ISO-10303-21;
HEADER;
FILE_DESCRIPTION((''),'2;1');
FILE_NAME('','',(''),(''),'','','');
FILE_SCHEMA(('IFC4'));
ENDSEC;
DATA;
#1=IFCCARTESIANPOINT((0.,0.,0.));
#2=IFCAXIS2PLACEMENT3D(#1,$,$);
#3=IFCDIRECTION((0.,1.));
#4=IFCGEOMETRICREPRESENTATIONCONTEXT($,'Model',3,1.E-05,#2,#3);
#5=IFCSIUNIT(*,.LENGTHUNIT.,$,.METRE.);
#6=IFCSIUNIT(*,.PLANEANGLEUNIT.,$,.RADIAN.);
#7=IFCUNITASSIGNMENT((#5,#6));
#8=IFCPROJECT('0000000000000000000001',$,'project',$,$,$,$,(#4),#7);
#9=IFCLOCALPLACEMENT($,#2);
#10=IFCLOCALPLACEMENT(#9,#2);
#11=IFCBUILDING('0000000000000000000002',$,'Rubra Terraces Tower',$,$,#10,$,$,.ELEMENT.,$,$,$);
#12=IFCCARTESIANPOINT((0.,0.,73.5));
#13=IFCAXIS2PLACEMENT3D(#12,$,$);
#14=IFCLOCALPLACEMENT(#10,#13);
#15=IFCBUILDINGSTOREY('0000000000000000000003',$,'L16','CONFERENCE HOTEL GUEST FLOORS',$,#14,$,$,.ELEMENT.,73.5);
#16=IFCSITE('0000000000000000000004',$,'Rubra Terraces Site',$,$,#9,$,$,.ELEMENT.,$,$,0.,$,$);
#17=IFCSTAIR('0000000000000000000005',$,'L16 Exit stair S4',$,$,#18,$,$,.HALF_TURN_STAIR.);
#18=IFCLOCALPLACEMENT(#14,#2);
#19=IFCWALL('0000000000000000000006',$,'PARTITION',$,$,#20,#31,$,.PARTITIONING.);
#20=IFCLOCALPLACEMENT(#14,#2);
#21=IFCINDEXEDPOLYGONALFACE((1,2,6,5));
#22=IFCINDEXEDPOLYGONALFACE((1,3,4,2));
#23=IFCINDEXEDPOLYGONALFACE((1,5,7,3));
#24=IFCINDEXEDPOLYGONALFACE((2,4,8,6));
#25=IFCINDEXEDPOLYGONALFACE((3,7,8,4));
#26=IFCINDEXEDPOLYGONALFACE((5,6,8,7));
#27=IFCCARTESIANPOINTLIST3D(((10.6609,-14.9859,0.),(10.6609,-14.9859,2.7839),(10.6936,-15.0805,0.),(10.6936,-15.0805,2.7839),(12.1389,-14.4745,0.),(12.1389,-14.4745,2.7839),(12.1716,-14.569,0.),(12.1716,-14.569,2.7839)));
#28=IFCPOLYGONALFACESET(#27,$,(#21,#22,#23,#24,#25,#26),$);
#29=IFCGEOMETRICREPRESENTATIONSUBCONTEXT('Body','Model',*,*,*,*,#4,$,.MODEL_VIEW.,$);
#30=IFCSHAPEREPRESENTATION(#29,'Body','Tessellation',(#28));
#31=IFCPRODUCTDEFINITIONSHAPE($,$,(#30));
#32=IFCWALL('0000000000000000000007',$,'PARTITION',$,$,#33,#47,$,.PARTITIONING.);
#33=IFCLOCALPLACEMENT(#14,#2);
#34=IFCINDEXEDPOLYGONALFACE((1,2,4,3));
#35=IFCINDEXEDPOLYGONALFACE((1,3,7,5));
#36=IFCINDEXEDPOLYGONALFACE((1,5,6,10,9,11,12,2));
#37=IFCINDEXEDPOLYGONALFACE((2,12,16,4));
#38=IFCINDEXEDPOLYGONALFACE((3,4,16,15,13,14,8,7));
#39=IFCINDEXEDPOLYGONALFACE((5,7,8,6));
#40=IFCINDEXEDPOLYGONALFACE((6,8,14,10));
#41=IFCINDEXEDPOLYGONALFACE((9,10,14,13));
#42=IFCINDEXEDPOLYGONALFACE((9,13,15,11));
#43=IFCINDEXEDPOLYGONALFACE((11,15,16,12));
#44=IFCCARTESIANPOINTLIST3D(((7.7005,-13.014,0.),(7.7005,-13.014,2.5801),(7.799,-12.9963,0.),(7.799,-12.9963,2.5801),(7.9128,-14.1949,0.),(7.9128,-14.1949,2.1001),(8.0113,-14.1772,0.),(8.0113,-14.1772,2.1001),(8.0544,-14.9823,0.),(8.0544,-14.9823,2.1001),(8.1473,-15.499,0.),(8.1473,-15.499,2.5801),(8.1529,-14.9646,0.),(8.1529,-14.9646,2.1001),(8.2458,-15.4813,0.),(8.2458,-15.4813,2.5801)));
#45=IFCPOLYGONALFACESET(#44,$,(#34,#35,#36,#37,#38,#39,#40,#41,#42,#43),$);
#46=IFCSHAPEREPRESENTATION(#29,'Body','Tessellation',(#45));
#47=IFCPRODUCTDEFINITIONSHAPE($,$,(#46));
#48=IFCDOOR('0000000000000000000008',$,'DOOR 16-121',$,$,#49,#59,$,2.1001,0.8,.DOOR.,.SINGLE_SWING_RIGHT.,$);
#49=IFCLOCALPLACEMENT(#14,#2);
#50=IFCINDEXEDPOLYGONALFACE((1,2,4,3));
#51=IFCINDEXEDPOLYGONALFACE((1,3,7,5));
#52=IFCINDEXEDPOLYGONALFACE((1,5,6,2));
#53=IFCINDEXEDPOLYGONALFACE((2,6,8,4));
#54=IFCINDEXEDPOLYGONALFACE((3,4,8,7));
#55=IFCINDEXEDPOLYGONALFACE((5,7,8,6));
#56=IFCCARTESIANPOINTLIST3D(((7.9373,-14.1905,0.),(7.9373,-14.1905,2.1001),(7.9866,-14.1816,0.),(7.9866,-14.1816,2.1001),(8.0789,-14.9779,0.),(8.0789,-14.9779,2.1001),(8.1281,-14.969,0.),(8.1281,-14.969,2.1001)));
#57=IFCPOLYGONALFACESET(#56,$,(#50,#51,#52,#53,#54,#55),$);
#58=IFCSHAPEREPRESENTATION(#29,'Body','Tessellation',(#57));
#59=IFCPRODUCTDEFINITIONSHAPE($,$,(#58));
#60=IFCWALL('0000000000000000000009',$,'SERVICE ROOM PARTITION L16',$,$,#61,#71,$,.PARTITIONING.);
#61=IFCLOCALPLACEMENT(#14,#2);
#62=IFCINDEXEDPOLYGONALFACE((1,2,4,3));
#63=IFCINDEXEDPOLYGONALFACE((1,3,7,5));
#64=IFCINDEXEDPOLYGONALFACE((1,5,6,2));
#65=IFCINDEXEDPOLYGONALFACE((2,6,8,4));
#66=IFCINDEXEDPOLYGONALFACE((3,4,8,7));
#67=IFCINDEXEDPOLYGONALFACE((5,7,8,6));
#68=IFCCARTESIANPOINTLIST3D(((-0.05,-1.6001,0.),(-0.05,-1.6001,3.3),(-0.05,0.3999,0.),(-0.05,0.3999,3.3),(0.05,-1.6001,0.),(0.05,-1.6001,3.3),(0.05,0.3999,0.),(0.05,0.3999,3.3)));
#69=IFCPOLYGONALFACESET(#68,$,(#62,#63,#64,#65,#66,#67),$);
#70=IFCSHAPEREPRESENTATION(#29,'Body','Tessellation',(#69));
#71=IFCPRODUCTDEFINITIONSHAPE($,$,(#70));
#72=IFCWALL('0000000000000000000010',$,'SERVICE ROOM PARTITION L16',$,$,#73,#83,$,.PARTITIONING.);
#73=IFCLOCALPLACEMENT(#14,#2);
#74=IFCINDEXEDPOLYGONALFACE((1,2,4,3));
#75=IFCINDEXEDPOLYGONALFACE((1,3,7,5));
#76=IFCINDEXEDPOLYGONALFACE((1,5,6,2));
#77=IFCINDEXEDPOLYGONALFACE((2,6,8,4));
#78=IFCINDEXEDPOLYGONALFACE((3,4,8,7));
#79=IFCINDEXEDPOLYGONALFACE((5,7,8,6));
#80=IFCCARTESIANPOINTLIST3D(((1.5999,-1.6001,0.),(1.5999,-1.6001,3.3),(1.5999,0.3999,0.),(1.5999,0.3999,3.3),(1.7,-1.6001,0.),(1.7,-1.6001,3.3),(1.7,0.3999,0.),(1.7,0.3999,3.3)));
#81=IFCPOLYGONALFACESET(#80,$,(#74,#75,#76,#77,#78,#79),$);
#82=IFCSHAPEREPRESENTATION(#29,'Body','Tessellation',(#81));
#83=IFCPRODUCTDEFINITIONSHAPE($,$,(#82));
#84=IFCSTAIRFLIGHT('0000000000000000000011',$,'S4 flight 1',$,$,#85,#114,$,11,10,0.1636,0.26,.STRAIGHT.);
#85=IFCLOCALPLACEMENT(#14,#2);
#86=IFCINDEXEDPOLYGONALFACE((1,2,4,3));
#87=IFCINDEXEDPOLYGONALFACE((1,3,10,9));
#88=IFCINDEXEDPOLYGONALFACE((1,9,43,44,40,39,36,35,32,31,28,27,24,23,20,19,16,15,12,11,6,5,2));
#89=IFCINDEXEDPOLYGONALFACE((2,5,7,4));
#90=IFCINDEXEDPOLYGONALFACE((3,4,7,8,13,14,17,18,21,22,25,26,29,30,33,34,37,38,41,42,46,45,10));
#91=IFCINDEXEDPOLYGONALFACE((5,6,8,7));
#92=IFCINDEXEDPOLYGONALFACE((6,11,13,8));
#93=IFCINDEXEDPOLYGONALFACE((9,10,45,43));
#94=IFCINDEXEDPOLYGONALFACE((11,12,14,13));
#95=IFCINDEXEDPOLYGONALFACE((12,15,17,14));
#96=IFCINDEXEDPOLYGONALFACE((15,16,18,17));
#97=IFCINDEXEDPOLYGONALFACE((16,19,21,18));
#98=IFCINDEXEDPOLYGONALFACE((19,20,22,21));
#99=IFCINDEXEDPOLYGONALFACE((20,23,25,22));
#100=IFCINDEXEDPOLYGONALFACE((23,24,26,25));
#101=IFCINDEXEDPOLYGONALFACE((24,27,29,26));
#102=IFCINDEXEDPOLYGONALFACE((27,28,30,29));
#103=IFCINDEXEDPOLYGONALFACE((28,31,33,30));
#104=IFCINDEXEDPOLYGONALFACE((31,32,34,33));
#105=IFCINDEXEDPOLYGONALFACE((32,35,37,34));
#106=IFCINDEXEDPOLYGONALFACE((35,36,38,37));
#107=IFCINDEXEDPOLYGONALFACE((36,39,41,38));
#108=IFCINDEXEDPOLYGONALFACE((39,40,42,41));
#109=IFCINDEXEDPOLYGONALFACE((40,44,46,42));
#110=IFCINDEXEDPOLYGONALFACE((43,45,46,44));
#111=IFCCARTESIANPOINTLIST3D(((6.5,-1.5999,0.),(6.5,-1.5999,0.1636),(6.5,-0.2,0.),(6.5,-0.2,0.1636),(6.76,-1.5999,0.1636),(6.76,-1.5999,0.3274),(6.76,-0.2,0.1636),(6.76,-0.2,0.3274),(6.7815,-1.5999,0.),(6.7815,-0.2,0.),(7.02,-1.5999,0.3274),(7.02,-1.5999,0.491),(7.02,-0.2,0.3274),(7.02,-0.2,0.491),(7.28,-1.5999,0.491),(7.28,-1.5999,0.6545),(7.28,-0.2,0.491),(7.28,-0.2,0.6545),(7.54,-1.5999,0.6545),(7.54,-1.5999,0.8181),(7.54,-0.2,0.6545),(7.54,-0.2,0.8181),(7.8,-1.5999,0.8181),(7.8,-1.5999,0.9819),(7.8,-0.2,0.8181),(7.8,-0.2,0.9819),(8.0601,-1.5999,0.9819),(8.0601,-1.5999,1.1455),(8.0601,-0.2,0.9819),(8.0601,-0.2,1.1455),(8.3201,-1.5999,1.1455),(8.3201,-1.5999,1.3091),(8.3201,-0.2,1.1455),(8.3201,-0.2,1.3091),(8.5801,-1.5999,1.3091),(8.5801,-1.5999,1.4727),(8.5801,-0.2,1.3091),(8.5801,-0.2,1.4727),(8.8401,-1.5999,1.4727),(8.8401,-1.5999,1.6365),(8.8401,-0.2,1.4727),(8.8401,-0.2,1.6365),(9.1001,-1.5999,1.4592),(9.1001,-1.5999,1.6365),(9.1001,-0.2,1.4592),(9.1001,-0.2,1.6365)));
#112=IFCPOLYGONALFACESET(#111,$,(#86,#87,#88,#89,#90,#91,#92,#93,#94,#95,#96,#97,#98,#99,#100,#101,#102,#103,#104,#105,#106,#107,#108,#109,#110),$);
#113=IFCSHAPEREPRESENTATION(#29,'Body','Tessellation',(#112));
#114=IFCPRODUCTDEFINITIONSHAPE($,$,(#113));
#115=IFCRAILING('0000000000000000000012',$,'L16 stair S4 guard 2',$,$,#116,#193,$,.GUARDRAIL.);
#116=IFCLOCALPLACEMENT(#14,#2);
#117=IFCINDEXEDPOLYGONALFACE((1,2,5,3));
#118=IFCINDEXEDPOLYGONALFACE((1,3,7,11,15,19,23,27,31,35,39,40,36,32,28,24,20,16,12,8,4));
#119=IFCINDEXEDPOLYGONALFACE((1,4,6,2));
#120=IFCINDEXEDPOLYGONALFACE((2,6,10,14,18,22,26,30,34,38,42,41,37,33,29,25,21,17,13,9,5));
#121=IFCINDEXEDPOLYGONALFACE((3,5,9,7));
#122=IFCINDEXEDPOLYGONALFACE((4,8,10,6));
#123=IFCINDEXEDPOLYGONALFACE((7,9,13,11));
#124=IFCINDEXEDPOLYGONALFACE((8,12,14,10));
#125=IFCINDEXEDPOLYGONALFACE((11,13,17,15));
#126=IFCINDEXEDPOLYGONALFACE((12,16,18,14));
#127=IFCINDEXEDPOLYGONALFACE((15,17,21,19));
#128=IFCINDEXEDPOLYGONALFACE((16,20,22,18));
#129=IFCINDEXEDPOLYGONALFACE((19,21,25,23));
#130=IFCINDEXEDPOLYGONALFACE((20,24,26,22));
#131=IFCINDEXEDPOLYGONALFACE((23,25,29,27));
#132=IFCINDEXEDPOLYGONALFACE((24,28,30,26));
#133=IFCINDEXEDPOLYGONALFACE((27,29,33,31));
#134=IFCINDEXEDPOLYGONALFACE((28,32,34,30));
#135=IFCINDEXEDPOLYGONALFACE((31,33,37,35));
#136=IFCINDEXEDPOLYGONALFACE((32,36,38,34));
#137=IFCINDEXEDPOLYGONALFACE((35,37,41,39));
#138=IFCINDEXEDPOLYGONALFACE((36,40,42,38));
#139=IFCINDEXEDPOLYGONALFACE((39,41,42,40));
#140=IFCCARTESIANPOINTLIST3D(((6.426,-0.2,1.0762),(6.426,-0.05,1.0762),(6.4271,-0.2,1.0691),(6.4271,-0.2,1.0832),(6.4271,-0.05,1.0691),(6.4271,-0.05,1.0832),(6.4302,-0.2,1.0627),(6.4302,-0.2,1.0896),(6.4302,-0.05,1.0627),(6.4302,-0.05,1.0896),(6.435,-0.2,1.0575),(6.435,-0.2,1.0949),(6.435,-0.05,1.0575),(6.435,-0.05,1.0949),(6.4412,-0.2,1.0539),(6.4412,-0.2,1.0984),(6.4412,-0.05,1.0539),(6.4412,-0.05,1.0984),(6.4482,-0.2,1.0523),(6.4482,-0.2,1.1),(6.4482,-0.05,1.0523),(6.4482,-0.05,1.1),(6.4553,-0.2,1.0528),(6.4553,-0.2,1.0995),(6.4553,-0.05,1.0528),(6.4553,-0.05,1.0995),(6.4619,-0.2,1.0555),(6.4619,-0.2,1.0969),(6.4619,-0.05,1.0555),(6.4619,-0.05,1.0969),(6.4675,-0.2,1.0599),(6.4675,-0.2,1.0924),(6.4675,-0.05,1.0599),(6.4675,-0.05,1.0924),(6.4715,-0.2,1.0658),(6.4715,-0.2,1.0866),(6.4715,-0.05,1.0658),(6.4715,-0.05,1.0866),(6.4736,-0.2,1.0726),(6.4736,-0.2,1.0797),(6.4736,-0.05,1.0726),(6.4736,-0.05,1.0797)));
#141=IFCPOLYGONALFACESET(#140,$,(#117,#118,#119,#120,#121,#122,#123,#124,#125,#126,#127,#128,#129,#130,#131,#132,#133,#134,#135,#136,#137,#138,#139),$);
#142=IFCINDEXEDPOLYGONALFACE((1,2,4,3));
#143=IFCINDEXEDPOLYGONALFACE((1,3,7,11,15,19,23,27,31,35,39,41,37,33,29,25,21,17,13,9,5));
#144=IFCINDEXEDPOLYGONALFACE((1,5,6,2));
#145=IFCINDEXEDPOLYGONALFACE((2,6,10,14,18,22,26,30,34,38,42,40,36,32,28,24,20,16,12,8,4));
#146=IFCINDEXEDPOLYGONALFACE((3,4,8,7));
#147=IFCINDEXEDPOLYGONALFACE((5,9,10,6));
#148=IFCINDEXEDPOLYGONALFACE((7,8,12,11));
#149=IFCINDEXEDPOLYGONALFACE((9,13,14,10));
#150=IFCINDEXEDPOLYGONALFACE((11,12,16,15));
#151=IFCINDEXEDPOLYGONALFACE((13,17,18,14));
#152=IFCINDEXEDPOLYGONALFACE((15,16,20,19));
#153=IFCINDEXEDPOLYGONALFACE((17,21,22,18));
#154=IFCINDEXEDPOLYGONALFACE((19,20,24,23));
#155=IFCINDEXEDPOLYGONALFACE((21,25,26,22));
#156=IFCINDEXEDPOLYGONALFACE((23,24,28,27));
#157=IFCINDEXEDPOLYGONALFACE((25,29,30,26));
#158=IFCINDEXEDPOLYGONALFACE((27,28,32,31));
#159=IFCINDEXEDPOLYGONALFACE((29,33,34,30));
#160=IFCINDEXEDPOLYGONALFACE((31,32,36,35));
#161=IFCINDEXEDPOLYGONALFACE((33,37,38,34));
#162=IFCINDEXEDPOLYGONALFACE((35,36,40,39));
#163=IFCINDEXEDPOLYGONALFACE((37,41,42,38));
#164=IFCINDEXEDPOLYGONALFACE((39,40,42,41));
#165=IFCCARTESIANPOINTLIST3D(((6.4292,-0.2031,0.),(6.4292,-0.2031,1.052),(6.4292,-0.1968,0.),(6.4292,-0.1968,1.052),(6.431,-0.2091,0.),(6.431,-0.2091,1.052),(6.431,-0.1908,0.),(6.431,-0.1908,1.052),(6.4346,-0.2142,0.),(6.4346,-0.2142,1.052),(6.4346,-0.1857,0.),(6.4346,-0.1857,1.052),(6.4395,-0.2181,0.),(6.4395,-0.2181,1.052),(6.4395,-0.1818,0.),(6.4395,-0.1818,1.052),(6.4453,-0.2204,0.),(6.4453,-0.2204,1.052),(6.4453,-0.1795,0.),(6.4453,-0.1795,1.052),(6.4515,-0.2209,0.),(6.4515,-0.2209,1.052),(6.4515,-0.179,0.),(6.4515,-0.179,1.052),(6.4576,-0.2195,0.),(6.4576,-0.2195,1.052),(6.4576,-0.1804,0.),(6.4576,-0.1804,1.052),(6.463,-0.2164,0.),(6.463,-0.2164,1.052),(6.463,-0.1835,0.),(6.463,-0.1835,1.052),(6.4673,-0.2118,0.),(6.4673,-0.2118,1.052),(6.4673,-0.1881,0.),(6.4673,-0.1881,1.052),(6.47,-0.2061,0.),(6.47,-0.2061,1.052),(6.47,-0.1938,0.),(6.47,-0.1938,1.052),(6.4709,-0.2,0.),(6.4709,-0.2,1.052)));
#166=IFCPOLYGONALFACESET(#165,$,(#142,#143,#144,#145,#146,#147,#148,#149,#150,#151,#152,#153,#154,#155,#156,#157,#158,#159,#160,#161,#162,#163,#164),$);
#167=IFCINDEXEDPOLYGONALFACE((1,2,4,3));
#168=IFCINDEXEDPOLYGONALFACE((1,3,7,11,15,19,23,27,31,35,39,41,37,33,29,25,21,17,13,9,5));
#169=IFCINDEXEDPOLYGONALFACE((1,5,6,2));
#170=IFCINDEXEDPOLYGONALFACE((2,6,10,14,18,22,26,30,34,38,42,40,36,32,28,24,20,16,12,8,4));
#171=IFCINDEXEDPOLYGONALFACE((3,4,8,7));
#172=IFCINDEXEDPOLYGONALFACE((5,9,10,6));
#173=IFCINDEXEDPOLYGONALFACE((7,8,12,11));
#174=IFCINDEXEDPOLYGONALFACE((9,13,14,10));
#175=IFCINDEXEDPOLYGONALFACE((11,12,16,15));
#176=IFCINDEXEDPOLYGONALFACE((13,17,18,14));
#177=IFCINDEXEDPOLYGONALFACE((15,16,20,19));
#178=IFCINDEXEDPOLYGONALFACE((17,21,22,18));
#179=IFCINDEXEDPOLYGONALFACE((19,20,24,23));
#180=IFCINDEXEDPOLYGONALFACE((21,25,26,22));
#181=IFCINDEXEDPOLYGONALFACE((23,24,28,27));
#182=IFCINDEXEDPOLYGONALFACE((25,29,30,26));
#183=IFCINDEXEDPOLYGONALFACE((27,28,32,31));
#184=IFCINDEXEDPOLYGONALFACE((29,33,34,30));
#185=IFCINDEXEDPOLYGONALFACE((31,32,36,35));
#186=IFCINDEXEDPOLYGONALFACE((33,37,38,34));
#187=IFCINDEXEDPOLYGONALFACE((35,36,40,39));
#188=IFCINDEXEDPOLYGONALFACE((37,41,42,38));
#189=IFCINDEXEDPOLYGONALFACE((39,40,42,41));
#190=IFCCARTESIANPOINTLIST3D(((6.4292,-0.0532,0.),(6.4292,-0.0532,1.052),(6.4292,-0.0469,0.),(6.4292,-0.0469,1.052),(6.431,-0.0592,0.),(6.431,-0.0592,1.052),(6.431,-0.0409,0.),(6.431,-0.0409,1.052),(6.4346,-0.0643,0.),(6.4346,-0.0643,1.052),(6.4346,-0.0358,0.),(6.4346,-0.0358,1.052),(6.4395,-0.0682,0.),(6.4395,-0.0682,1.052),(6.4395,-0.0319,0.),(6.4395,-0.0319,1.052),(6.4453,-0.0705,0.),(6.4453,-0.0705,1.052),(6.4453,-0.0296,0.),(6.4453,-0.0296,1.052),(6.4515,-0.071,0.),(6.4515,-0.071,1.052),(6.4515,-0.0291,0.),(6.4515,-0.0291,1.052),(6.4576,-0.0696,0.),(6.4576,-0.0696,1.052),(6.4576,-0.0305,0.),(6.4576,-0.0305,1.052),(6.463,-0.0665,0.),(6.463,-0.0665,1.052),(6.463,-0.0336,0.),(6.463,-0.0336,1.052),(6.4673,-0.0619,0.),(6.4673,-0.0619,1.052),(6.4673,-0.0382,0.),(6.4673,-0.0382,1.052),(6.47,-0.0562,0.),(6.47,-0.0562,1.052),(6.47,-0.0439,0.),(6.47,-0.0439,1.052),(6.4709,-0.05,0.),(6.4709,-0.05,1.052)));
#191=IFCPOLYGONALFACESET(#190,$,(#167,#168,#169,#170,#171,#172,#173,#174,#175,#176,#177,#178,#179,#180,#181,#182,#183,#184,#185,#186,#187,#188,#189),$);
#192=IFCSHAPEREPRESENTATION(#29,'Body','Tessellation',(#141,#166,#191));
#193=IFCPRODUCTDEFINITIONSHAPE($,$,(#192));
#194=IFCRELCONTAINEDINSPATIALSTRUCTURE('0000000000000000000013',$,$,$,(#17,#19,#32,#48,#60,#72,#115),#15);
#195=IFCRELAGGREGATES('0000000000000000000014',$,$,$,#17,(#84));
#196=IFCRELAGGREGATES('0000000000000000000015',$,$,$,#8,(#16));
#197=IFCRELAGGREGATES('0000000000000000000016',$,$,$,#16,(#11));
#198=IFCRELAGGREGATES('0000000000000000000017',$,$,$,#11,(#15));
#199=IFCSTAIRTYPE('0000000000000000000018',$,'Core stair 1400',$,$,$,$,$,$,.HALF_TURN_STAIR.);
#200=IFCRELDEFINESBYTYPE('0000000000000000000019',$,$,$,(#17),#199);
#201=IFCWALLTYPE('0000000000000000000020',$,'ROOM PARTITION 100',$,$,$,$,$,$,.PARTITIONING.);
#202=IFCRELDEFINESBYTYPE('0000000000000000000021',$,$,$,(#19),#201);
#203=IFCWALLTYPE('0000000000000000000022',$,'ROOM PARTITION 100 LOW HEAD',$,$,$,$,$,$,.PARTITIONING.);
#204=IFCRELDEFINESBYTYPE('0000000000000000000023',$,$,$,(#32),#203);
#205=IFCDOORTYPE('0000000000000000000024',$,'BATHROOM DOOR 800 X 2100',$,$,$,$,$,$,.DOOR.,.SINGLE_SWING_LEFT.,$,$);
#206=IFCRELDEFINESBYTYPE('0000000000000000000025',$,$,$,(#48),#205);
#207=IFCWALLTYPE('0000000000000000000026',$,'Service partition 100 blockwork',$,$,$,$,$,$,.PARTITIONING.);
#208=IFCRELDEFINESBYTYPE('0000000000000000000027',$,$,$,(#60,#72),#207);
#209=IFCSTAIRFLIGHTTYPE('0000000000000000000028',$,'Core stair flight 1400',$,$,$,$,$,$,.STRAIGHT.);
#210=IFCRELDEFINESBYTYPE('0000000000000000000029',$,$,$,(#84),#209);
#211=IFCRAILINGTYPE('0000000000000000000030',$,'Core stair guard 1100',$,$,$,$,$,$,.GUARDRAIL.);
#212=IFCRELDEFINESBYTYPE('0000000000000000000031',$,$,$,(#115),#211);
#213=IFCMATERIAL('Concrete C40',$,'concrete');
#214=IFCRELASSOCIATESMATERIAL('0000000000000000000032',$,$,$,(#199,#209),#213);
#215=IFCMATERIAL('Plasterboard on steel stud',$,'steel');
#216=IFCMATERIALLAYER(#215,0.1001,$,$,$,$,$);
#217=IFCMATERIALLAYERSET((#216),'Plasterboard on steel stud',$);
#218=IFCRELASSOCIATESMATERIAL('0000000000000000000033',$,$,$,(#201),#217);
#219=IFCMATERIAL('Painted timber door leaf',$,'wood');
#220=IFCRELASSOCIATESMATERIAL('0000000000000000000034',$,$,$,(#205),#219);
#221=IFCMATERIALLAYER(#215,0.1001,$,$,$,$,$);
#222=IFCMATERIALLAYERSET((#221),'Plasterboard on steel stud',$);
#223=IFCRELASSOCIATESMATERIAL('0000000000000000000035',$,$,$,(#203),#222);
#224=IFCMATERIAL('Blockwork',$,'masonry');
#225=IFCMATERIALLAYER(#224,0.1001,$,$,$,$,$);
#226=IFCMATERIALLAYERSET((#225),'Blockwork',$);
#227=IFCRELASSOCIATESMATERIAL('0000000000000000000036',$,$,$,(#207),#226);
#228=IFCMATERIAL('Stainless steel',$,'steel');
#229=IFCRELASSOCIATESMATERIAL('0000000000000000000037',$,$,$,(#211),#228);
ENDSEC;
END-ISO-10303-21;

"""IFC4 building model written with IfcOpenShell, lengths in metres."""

from ifc_helpers import new_model, si_unit, direction, frame, frame_2d, origin, origin_2d, place, context, subcontext, project, spatial, polyline, rectangle, circle, outline, extrude, material, layer, layer_set, type_object, element, fill, aggregate, save


model = new_model("IFC4")

# Units and contexts
model_context = context("Model", 3, precision=1e-05, world=origin(), true_north=direction((0.0, 1.0)))
body_context = subcontext(model_context, "Body", "Model", "MODEL_VIEW")
ifc_project = project(units=[si_unit("LENGTHUNIT", "METRE"), si_unit("PLANEANGLEUNIT", "RADIAN")], contexts=[model_context])

# Site, building, storey
site_placement = place(None, origin())
site = spatial("IfcSite", under=ifc_project, at=site_placement, Name="Rubra Terraces Site", CompositionType="ELEMENT", RefElevation=0.0)
building_placement = place(site_placement, origin())
building = spatial("IfcBuilding", under=site, at=building_placement, Name="Rubra Terraces Tower", CompositionType="ELEMENT")
storey_placement = place(building_placement, frame((0.0, 0.0, 73.5)))
storey = spatial("IfcBuildingStorey", under=building, at=storey_placement, Name="L16", Description="CONFERENCE HOTEL GUEST FLOORS", CompositionType="ELEMENT", Elevation=73.5)

# Shared definitions
ifc_material_1 = material(Name="Concrete C40", Category="concrete")

# Stair
stair_type = type_object("IfcStairType", Name="Core stair 1400", PredefinedType="HALF_TURN_STAIR", material=ifc_material_1)
stair_1_placement = place(storey_placement, origin())
stair_1 = element("IfcStair", 1, at=stair_1_placement, inside=storey, type_object=stair_type, Name="L16 Exit stair S4", PredefinedType="HALF_TURN_STAIR")

# Shared definitions
ifc_material_2 = material(Name="Plasterboard on steel stud", Category="steel")
ifc_layer_1 = layer(ifc_material_2, 0.1001)
ifc_layer_set_1 = layer_set([ifc_layer_1], Name="Plasterboard on steel stud")
wall_type_1 = type_object("IfcWallType", Name="ROOM PARTITION 100", PredefinedType="PARTITIONING", material=ifc_layer_set_1)
ifc_material_3 = material(Name="Painted timber door leaf", Category="wood")
door_type_1 = type_object("IfcDoorType", Name="BATHROOM DOOR 800 X 2100", OperationType="SINGLE_SWING_LEFT", PredefinedType="DOOR", material=ifc_material_3)

# Wall
wall_1_placement = place(storey_placement, frame((10.6772, -15.0332, 0.0), z_axis=(0.0, 0.0, 1.0), x_axis=(0.945016, 0.327025, 0.0)))
element("IfcWall", 2, at=wall_1_placement, inside=storey, type_object=wall_type_1, Name="PARTITION", PredefinedType="PARTITIONING", context=body_context, shape_type="SweptSolid", body=[
    extrude(rectangle(XDim=1.564, YDim=0.1001, at=frame_2d((0.782, 0.0))), origin(), (0.0, 0.0, 1.0), 2.7839),
])

# Wall, opening, door
ifc_layer_2 = layer(ifc_material_2, 0.1001)
ifc_layer_set_2 = layer_set([ifc_layer_2], Name="Plasterboard on steel stud")
wall_type_2 = type_object("IfcWallType", Name="ROOM PARTITION 100 LOW HEAD", PredefinedType="PARTITIONING", material=ifc_layer_set_2)
wall_2_placement = place(storey_placement, frame((7.7498, -13.0051, 0.0), z_axis=(0.0, 0.0, 1.0), x_axis=(0.176945, -0.984221, 0.0)))
wall_2 = element("IfcWall", 3, at=wall_2_placement, inside=storey, type_object=wall_type_2, Name="PARTITION", PredefinedType="PARTITIONING", context=body_context, shape_type="SweptSolid", body=[
    extrude(rectangle(XDim=2.5249, YDim=0.1001, at=frame_2d((1.2625, 0.0))), origin(), (0.0, 0.0, 1.0), 2.5801),
])
opening_1_placement = place(wall_2_placement, frame((1.2, 0.0, 0.0)))
opening_1 = element("IfcOpeningElement", 4, at=opening_1_placement, cuts=wall_2, PredefinedType="OPENING", context=body_context, shape_type="SweptSolid", body=[
    extrude(rectangle(XDim=0.8, YDim=2.1001, at=frame_2d((0.3999, 1.05))), frame((0.0, 0.0601, 0.0), z_axis=(0.0, -1.0, 0.0), x_axis=(1.0, 0.0, 0.0)), (0.0, 0.0, 1.0), 0.1201),
])
door_1_placement = place(opening_1_placement, origin())
door_1 = element("IfcDoor", 5, at=door_1_placement, inside=storey, type_object=door_type_1, Name="DOOR 16-121", OperationType="SINGLE_SWING_RIGHT", OverallHeight=2.1001, OverallWidth=0.8, PredefinedType="DOOR", context=body_context, shape_type="SweptSolid", body=[
    extrude(rectangle(XDim=0.8, YDim=2.1001, at=frame_2d((0.3999, 1.05))), frame((0.0, 0.0249, 0.0), z_axis=(0.0, -1.0, 0.0), x_axis=(1.0, 0.0, 0.0)), (0.0, 0.0, 1.0), 0.05),
])
fill(opening_1, door_1)

# Walls
ifc_material_4 = material(Name="Blockwork", Category="masonry")
ifc_layer_3 = layer(ifc_material_4, 0.1001)
ifc_layer_set_3 = layer_set([ifc_layer_3], Name="Blockwork")
wall_type_3 = type_object("IfcWallType", Name="Service partition 100 blockwork", PredefinedType="PARTITIONING", material=ifc_layer_set_3)
for number, where, z_axis, x_axis, name in (
    (6, (0.0, -1.6001, 0.0), (0.0, 0.0, 1.0), (0.0, 1.0, 0.0), "SERVICE ROOM PARTITION L16"),
    (7, (1.6499, -1.6001, 0.0), (0.0, 0.0, 1.0), (0.0, 1.0, 0.0), "SERVICE ROOM PARTITION L16"),
):
    element("IfcWall", number, at=place(storey_placement, frame(where, z_axis=z_axis, x_axis=x_axis)), inside=storey, type_object=wall_type_3, Name=name, PredefinedType="PARTITIONING", context=body_context, shape_type="SweptSolid", body=[
        extrude(rectangle(XDim=2.0, YDim=0.1001, at=frame_2d((1.0, 0.0))), origin(), (0.0, 0.0, 1.0), 3.3),
    ])

# Stair flight
stair_flight_type = type_object("IfcStairFlightType", Name="Core stair flight 1400", PredefinedType="STRAIGHT", material=ifc_material_1)
stair_flight_placement = place(storey_placement, frame((6.5, -0.8999, 0.0), z_axis=(0.0, 0.0, 1.0), x_axis=(1.0, 0.0, 0.0)))
stair_flight = element("IfcStairFlight", 8, at=stair_flight_placement, type_object=stair_flight_type, Name="S4 flight 1", NumberOfRisers=11, NumberOfTreads=10, PredefinedType="STRAIGHT", RiserHeight=0.1636, TreadLength=0.26, context=body_context, shape_type="SweptSolid", body=[
    extrude(outline(polyline([(0.0, 0.0), (0.0, 0.1636), (0.26, 0.1636), (0.26, 0.3274), (0.52, 0.3274), (0.52, 0.491), (0.78, 0.491), (0.78, 0.6545), (1.04, 0.6545), (1.04, 0.8181), (1.3, 0.8181), (1.3, 0.9819), (1.5601, 0.9819), (1.5601, 1.1455), (1.8201, 1.1455), (1.8201, 1.3091), (2.0801, 1.3091), (2.0801, 1.4727), (2.3401, 1.4727), (2.3401, 1.6365), (2.6001, 1.6365), (2.6001, 1.8), (2.6001, 1.4592), (0.2815, 0.0), (0.0, 0.0)])), frame((0.0, 0.7, 0.0), z_axis=(0.0, -1.0, 0.0), x_axis=(1.0, 0.0, 0.0)), (0.0, 0.0, 1.0), 1.3999),
])
aggregate(stair_1, [stair_flight])

# Railing
ifc_material_5 = material(Name="Stainless steel", Category="steel")
railing_type_1 = type_object("IfcRailingType", Name="Core stair guard 1100", PredefinedType="GUARDRAIL", material=ifc_material_5)
railing_1_placement = place(storey_placement, frame((6.45, -0.2, 0.0)))
element("IfcRailing", 9, at=railing_1_placement, inside=storey, type_object=railing_type_1, Name="L16 stair S4 guard 2", PredefinedType="GUARDRAIL", context=body_context, shape_type="SweptSolid", body=[
    extrude(circle(Radius=0.0239, at=origin_2d()), frame((0.0, 0.0, 1.0762), z_axis=(0.0, 1.0, 0.0), x_axis=(-1.0, 0.0, 0.0)), (0.0, 0.0, 1.0), 0.1499),
    extrude(circle(Radius=0.021, at=origin_2d()), origin(), (0.0, 0.0, 1.0), 1.052),
    extrude(circle(Radius=0.021, at=origin_2d()), frame((0.0, 0.1499, 0.0)), (0.0, 0.0, 1.0), 1.052),
])

save(model, "model.ifc")
